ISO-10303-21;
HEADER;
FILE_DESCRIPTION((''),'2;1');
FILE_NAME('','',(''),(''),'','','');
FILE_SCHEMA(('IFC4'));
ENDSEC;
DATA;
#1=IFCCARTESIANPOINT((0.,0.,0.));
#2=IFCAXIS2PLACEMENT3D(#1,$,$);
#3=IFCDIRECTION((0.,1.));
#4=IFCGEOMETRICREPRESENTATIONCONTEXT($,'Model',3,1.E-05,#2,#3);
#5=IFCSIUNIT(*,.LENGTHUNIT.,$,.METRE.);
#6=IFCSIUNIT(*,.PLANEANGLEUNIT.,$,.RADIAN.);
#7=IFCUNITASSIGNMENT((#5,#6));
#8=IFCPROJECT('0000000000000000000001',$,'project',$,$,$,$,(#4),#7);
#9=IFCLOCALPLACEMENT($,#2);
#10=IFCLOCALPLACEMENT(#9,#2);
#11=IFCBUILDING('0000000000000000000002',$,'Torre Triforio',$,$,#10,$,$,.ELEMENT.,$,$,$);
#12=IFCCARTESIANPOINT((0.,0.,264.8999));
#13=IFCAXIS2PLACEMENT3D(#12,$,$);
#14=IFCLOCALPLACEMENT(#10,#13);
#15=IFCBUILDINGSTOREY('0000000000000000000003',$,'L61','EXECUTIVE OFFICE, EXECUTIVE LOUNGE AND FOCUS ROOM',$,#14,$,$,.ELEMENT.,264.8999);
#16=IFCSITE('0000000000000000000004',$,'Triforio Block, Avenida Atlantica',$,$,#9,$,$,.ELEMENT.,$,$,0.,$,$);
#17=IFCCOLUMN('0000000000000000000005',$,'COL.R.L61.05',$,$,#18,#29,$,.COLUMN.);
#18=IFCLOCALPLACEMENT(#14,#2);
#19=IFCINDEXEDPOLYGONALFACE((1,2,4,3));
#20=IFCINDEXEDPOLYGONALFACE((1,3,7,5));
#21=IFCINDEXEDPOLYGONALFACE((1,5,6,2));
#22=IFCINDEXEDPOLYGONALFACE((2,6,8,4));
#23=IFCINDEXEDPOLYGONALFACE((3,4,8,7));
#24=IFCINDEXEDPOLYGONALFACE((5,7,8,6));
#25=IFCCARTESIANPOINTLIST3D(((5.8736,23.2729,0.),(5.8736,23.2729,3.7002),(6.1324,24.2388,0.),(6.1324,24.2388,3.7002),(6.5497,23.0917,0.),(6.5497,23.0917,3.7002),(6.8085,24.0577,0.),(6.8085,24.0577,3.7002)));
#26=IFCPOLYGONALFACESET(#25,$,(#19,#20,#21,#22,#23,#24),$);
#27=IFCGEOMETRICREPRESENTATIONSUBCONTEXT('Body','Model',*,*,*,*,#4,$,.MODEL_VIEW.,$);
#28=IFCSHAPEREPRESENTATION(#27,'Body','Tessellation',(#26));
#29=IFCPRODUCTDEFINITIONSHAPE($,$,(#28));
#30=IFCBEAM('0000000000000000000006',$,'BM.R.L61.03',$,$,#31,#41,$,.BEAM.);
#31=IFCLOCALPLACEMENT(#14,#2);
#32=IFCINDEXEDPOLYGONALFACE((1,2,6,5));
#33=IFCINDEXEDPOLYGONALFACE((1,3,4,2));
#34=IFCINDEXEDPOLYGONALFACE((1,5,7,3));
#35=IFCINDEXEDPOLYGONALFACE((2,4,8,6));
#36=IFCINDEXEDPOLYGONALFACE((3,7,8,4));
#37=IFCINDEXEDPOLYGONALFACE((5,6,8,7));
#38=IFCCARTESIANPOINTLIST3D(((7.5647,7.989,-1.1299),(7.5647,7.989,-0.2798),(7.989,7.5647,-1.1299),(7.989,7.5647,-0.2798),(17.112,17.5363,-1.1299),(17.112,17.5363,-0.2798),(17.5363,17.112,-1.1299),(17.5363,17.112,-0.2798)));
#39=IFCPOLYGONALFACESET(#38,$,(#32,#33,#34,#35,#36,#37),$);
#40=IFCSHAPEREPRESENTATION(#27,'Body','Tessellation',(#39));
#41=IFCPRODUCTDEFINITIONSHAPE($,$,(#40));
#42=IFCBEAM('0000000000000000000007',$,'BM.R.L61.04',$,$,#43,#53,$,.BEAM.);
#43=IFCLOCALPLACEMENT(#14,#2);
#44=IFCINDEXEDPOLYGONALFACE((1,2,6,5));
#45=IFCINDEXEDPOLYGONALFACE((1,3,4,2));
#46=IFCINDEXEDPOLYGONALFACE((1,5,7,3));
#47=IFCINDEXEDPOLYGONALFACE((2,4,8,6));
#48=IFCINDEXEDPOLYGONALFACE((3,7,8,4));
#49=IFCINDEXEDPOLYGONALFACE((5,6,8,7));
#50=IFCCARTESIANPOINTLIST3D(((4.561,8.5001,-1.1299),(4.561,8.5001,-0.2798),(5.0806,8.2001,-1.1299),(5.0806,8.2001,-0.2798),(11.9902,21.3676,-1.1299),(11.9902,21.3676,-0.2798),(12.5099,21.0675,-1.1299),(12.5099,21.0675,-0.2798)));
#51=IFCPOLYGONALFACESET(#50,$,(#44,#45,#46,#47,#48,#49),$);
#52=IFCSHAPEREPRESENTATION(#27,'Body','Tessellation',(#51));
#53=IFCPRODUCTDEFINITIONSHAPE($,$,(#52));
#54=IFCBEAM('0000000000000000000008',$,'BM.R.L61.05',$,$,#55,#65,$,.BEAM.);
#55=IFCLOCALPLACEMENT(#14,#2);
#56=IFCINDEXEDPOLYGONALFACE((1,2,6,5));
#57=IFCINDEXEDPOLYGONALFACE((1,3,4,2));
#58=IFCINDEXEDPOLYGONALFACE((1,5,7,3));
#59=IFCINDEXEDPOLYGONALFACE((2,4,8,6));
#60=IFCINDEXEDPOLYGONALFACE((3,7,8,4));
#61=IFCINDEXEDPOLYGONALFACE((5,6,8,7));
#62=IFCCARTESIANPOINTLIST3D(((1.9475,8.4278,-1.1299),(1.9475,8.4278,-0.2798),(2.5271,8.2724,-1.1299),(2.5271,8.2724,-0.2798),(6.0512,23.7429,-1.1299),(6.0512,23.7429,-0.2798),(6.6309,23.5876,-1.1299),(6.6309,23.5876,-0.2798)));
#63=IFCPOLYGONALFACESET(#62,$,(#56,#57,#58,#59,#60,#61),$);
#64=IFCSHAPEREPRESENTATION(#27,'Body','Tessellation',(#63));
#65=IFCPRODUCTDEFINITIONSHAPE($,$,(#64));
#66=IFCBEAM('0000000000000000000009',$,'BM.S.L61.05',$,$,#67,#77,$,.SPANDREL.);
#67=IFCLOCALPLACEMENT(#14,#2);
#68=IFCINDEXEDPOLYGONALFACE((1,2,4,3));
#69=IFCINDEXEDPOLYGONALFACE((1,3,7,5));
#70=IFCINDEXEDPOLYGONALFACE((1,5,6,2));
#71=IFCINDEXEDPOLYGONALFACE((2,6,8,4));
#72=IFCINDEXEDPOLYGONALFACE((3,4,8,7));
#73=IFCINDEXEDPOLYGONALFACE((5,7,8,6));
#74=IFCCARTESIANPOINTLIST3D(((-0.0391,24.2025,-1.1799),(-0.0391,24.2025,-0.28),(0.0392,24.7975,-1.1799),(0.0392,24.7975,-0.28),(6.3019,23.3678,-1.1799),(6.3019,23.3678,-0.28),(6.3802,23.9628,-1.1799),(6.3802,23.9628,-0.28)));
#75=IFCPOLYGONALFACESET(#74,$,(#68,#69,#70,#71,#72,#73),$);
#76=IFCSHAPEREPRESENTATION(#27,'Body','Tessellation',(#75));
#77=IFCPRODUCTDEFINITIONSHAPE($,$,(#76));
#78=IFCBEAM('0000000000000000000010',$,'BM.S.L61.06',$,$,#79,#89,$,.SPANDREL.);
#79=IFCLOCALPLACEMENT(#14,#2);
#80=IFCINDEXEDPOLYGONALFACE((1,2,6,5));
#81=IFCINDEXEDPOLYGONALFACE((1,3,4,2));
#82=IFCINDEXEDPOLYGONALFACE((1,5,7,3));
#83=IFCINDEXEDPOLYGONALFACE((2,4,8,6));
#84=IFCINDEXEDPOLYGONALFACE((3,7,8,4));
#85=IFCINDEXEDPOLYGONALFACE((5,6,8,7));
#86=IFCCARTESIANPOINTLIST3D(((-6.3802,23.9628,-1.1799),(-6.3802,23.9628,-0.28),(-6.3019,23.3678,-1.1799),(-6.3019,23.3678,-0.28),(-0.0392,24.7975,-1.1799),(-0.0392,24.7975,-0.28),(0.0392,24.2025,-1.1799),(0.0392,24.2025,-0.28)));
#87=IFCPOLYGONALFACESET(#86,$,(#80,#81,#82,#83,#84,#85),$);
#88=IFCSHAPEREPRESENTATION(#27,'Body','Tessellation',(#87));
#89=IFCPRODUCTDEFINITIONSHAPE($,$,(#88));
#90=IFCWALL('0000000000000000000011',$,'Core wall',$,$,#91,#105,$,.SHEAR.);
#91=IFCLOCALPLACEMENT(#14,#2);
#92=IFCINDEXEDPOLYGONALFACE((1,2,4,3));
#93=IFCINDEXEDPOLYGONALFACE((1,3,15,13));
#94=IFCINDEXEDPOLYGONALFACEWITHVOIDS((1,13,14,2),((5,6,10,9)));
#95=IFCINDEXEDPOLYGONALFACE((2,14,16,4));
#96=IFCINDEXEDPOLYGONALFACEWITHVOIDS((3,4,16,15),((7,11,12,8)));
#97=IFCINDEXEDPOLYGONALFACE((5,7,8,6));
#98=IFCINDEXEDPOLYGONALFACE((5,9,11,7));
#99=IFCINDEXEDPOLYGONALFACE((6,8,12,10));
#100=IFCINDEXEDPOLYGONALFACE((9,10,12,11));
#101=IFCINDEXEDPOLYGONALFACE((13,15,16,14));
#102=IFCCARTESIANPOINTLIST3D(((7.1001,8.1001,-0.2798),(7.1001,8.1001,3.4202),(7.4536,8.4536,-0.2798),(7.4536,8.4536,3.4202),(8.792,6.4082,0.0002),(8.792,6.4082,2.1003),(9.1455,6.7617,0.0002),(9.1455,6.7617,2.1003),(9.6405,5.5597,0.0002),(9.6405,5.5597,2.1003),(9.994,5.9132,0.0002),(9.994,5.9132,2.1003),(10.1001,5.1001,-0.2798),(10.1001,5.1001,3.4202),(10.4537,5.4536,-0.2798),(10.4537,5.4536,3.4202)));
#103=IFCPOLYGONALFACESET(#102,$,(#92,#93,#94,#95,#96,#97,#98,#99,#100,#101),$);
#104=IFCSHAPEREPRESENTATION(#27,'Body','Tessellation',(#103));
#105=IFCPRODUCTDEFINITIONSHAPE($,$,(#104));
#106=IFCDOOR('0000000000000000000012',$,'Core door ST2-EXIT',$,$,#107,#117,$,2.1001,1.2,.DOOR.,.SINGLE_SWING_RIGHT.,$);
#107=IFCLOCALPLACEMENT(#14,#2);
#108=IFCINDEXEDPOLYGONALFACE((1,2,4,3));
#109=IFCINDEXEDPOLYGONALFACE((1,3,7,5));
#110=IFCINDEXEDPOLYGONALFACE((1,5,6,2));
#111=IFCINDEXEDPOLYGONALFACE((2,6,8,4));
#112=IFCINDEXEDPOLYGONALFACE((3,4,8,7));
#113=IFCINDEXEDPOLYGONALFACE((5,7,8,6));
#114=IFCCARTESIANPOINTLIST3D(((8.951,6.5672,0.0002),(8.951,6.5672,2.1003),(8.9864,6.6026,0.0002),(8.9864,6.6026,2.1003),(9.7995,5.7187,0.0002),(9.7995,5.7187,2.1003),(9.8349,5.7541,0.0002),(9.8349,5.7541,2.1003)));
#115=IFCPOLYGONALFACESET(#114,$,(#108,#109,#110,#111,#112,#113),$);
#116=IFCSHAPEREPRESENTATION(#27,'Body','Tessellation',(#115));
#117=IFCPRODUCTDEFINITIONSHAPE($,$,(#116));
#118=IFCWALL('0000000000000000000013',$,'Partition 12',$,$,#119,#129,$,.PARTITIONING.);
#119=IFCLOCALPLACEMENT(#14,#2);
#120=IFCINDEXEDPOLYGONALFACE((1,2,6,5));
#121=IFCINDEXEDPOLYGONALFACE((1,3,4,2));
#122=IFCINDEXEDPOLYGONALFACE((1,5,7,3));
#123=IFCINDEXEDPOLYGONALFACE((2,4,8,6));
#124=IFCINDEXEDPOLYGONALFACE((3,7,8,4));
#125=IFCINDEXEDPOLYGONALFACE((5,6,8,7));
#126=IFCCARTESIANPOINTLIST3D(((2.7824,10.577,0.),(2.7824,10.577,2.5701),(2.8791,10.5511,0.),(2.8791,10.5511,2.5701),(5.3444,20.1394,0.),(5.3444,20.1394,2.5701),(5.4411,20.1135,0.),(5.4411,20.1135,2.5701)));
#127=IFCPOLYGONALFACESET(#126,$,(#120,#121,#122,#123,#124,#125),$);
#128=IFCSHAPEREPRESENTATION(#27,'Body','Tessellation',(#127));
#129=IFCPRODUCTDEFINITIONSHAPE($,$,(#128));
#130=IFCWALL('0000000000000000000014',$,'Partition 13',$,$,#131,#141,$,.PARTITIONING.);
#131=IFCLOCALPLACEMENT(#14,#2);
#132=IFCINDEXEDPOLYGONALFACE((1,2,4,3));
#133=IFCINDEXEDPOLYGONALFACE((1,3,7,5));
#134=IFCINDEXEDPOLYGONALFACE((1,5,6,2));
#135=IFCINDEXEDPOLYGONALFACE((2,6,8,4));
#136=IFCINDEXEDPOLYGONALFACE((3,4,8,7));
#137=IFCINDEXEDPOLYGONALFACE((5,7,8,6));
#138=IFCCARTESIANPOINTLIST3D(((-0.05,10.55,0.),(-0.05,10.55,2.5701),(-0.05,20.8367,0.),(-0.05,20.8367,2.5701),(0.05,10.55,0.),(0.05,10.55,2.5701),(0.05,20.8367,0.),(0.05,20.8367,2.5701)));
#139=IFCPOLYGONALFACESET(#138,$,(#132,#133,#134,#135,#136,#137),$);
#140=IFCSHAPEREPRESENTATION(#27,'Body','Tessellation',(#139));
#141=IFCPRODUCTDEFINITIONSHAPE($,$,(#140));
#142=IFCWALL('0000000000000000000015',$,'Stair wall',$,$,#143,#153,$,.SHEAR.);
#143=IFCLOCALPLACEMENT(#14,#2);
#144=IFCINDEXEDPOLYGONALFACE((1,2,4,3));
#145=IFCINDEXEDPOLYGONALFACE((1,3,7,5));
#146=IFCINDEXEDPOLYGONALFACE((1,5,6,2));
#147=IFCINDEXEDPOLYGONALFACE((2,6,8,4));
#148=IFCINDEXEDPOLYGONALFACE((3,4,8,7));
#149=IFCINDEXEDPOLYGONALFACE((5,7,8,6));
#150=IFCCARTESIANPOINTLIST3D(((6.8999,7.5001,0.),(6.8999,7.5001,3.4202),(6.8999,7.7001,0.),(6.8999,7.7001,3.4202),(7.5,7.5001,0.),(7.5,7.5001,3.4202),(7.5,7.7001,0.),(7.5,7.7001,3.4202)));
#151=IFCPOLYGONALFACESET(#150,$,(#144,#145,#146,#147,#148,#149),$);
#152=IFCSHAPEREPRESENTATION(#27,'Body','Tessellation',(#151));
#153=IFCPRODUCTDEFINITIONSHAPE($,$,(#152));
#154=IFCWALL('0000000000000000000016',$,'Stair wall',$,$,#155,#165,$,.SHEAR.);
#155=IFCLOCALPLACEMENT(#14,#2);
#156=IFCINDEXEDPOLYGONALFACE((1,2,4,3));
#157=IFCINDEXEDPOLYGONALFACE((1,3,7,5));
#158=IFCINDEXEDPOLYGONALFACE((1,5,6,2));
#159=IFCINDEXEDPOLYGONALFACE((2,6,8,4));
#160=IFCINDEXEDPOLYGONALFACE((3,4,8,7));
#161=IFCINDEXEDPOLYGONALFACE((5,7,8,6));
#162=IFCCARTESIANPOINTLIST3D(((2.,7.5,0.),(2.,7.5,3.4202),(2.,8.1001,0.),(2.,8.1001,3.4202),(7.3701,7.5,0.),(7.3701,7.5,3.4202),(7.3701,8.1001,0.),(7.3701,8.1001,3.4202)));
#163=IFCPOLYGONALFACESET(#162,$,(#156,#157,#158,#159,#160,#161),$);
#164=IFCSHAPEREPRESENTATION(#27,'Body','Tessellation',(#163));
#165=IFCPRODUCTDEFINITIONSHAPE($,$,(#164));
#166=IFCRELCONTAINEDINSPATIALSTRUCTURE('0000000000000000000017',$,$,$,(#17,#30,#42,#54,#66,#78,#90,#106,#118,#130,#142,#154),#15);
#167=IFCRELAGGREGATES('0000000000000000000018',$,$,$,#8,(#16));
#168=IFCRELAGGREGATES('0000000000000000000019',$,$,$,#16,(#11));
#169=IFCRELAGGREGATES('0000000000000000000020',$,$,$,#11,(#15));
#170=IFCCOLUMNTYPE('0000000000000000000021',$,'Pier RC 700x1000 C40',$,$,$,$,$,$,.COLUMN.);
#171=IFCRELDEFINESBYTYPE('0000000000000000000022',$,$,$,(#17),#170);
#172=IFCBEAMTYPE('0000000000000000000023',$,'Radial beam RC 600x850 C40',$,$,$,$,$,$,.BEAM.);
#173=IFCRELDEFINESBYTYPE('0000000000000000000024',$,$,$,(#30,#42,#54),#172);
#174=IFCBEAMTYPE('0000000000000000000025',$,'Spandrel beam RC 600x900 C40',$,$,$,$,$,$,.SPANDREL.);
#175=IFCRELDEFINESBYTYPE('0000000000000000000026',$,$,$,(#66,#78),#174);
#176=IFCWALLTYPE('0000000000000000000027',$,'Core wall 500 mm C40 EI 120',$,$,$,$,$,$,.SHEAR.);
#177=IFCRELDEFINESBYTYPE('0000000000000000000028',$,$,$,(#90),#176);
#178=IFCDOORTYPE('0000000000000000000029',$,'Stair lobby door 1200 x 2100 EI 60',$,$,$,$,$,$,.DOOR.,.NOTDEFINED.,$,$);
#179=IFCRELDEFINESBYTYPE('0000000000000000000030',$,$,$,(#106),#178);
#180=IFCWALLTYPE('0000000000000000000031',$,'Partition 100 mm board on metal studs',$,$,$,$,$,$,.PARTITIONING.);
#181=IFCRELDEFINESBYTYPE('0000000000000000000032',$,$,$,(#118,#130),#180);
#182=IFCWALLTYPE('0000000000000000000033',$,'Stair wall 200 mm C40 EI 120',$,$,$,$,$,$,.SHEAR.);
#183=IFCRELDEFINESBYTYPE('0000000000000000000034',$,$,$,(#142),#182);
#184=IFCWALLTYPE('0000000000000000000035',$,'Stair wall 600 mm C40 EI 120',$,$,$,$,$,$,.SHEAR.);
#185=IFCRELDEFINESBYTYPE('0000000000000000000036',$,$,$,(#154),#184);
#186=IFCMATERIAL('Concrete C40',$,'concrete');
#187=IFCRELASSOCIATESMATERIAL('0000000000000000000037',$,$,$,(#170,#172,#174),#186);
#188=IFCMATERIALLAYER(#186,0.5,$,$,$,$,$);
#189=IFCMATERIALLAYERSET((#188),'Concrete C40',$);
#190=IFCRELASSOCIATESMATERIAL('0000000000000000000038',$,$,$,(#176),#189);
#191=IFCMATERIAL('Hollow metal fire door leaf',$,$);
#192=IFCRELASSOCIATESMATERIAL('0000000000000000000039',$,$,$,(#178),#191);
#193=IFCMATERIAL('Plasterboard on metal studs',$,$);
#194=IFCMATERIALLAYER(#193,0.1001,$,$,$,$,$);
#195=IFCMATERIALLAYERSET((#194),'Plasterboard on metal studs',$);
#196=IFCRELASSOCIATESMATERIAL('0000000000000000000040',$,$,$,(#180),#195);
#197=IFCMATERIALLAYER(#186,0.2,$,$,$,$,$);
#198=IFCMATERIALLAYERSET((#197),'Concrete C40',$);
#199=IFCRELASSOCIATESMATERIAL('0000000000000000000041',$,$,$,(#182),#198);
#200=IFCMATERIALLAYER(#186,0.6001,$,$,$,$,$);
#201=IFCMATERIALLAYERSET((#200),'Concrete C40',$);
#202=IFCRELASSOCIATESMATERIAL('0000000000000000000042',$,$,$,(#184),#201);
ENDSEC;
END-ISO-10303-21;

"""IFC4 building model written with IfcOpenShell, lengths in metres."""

from ifc_helpers import new_model, si_unit, direction, frame, frame_2d, origin, origin_2d, place, context, subcontext, project, spatial, rectangle, extrude, material, layer, layer_set, material_profile, profile_set, type_object, element, fill, save


model = new_model("IFC4")

# Units and contexts
model_context = context("Model", 3, precision=1e-05, world=origin(), true_north=direction((0.0, 1.0)))
body_context = subcontext(model_context, "Body", "Model", "MODEL_VIEW")
ifc_project = project(units=[si_unit("LENGTHUNIT", "METRE"), si_unit("PLANEANGLEUNIT", "RADIAN")], contexts=[model_context])

# Site, building, storey
site_placement = place(None, origin())
site = spatial("IfcSite", under=ifc_project, at=site_placement, Name="Triforio Block, Avenida Atlantica", CompositionType="ELEMENT", RefElevation=0.0)
building_placement = place(site_placement, origin())
building = spatial("IfcBuilding", under=site, at=building_placement, Name="Torre Triforio", CompositionType="ELEMENT")
storey_placement = place(building_placement, frame((0.0, 0.0, 264.8999)))
storey = spatial("IfcBuildingStorey", under=building, at=storey_placement, Name="L61", Description="EXECUTIVE OFFICE, EXECUTIVE LOUNGE AND FOCUS ROOM", CompositionType="ELEMENT", Elevation=264.8999)

# Column
ifc_material_1 = material(Name="Concrete C40", Category="concrete")
ifc_material_profile_1 = material_profile(ifc_material_1, rectangle(XDim=0.7, YDim=1.0, at=origin_2d()), Name="RC 700x1000")
ifc_profile_set_1 = profile_set([ifc_material_profile_1], Name="Concrete C40")
column_type = type_object("IfcColumnType", Name="Pier RC 700x1000 C40", PredefinedType="COLUMN", material=ifc_profile_set_1)
column_placement = place(storey_placement, frame((6.3411, 23.6653, 0.0), z_axis=(0.0, 0.0, 1.0), x_axis=(-0.965926, 0.258819, 0.0)))
element("IfcColumn", 1, at=column_placement, inside=storey, type_object=column_type, Name="COL.R.L61.05", PredefinedType="COLUMN", context=body_context, shape_type="SweptSolid", body=[
    extrude(rectangle(XDim=0.7, YDim=1.0, at=origin_2d()), origin(), (0.0, 0.0, 1.0), 3.7002),
])

# Beams
ifc_material_profile_2 = material_profile(ifc_material_1, rectangle(XDim=0.6001, YDim=0.8501, at=origin_2d()), Name="RC 600x850")
ifc_profile_set_2 = profile_set([ifc_material_profile_2], Name="Concrete C40")
beam_type_1 = type_object("IfcBeamType", Name="Radial beam RC 600x850 C40", PredefinedType="BEAM", material=ifc_profile_set_2)
beam_1_placement = place(storey_placement, frame((7.7769, 7.7769, -0.7048), z_axis=(0.707107, 0.707107, 0.0), x_axis=(-0.707107, 0.707107, 0.0)))
element("IfcBeam", 2, at=beam_1_placement, inside=storey, type_object=beam_type_1, Name="BM.R.L61.03", PredefinedType="BEAM", context=body_context, shape_type="SweptSolid", body=[
    extrude(rectangle(XDim=0.6001, YDim=0.8501, at=origin_2d()), origin(), (0.0, 0.0, 1.0), 13.502),
])
beam_2_placement = place(storey_placement, frame((4.8208, 8.3501, -0.7048), z_axis=(0.500009, 0.86602, 0.0), x_axis=(-0.86602, 0.500009, 0.0)))
element("IfcBeam", 3, at=beam_2_placement, inside=storey, type_object=beam_type_1, Name="BM.R.L61.04", PredefinedType="BEAM", context=body_context, shape_type="SweptSolid", body=[
    extrude(rectangle(XDim=0.6001, YDim=0.8501, at=origin_2d()), origin(), (0.0, 0.0, 1.0), 14.8582),
])
beam_3_placement = place(storey_placement, frame((2.2373, 8.3501, -0.7048), z_axis=(0.258823, 0.965925, 0.0), x_axis=(-0.965925, 0.258823, 0.0)))
element("IfcBeam", 4, at=beam_3_placement, inside=storey, type_object=beam_type_1, Name="BM.R.L61.05", PredefinedType="BEAM", context=body_context, shape_type="SweptSolid", body=[
    extrude(rectangle(XDim=0.6001, YDim=0.8501, at=origin_2d()), origin(), (0.0, 0.0, 1.0), 15.8555),
])
ifc_material_profile_3 = material_profile(ifc_material_1, rectangle(XDim=0.6001, YDim=0.8999, at=origin_2d()), Name="RC 600x900")
ifc_profile_set_3 = profile_set([ifc_material_profile_3], Name="Concrete C40")
beam_type_2 = type_object("IfcBeamType", Name="Spandrel beam RC 600x900 C40", PredefinedType="SPANDREL", material=ifc_profile_set_3)
for number, where, z_axis, x_axis, name in (
    (5, (6.3411, 23.6653, -0.73), (-0.991447, 0.130511, 0.0), (-0.130511, -0.991447, 0.0), "BM.S.L61.05"),
    (6, (0.0, 24.5, -0.73), (-0.991447, -0.130511, 0.0), (0.130511, -0.991447, 0.0), "BM.S.L61.06"),
):
    element("IfcBeam", number, at=place(storey_placement, frame(where, z_axis=z_axis, x_axis=x_axis)), inside=storey, type_object=beam_type_2, Name=name, PredefinedType="SPANDREL", context=body_context, shape_type="SweptSolid", body=[
        extrude(rectangle(XDim=0.6001, YDim=0.8999, at=origin_2d()), origin(), (0.0, 0.0, 1.0), 6.3958),
    ])

# Wall, opening, door
ifc_layer_1 = layer(ifc_material_1, 0.5)
ifc_layer_set_1 = layer_set([ifc_layer_1], Name="Concrete C40")
wall_type_1 = type_object("IfcWallType", Name="Core wall 500 mm C40 EI 120", PredefinedType="SHEAR", material=ifc_layer_set_1)
wall_1_placement = place(storey_placement, frame((7.2769, 8.2769, -0.2798), z_axis=(0.0, 0.0, 1.0), x_axis=(0.707107, -0.707107, 0.0)))
wall_1 = element("IfcWall", 7, at=wall_1_placement, inside=storey, type_object=wall_type_1, Name="Core wall", PredefinedType="SHEAR", context=body_context, shape_type="SweptSolid", body=[
    extrude(rectangle(XDim=4.2427, YDim=0.5, at=frame_2d((2.1213, 0.0))), origin(), (0.0, 0.0, 1.0), 3.7),
])
opening_1_placement = place(wall_1_placement, frame((2.3926, 0.0, 0.28)))
opening_1 = element("IfcOpeningElement", 8, at=opening_1_placement, cuts=wall_1, PredefinedType="OPENING", context=body_context, shape_type="SweptSolid", body=[
    extrude(rectangle(XDim=1.2, YDim=2.1001, at=frame_2d((0.6001, 1.05))), frame((0.0, 0.26, 0.0), z_axis=(0.0, -1.0, 0.0), x_axis=(1.0, 0.0, 0.0)), (0.0, 0.0, 1.0), 0.52),
])
ifc_material_2 = material(Name="Hollow metal fire door leaf")
door_type_1 = type_object("IfcDoorType", Name="Stair lobby door 1200 x 2100 EI 60", OperationType="NOTDEFINED", PredefinedType="DOOR", material=ifc_material_2)
door_1_placement = place(opening_1_placement, origin())
door_1 = element("IfcDoor", 9, at=door_1_placement, inside=storey, type_object=door_type_1, Name="Core door ST2-EXIT", OperationType="SINGLE_SWING_RIGHT", OverallHeight=2.1001, OverallWidth=1.2, PredefinedType="DOOR", context=body_context, shape_type="SweptSolid", body=[
    extrude(rectangle(XDim=1.2, YDim=2.1001, at=frame_2d((0.6001, 1.05))), frame((0.0, 0.0249, 0.0), z_axis=(0.0, -1.0, 0.0), x_axis=(1.0, 0.0, 0.0)), (0.0, 0.0, 1.0), 0.05),
])
fill(opening_1, door_1)

# Walls
ifc_material_3 = material(Name="Plasterboard on metal studs")
ifc_layer_2 = layer(ifc_material_3, 0.1001)
ifc_layer_set_2 = layer_set([ifc_layer_2], Name="Plasterboard on metal studs")
wall_type_2 = type_object("IfcWallType", Name="Partition 100 mm board on metal studs", PredefinedType="PARTITIONING", material=ifc_layer_set_2)
wall_2_placement = place(storey_placement, frame((2.8308, 10.5642, 0.0), z_axis=(0.0, 0.0, 1.0), x_axis=(0.258795, 0.965932, 0.0)))
element("IfcWall", 10, at=wall_2_placement, inside=storey, type_object=wall_type_2, Name="Partition 12", PredefinedType="PARTITIONING", context=body_context, shape_type="SweptSolid", body=[
    extrude(rectangle(XDim=9.8997, YDim=0.1001, at=frame_2d((4.9497, 0.0))), origin(), (0.0, 0.0, 1.0), 2.5701),
])
wall_3_placement = place(storey_placement, frame((0.0, 10.55, 0.0), z_axis=(0.0, 0.0, 1.0), x_axis=(0.0, 1.0, 0.0)))
element("IfcWall", 11, at=wall_3_placement, inside=storey, type_object=wall_type_2, Name="Partition 13", PredefinedType="PARTITIONING", context=body_context, shape_type="SweptSolid", body=[
    extrude(rectangle(XDim=10.2866, YDim=0.1001, at=frame_2d((5.1433, 0.0))), origin(), (0.0, 0.0, 1.0), 2.5701),
])
ifc_layer_3 = layer(ifc_material_1, 0.2)
ifc_layer_set_3 = layer_set([ifc_layer_3], Name="Concrete C40")
wall_type_3 = type_object("IfcWallType", Name="Stair wall 200 mm C40 EI 120", PredefinedType="SHEAR", material=ifc_layer_set_3)
wall_4_placement = place(storey_placement, frame((6.8999, 7.6001, 0.0), z_axis=(0.0, 0.0, 1.0), x_axis=(1.0, 0.0, 0.0)))
element("IfcWall", 12, at=wall_4_placement, inside=storey, type_object=wall_type_3, Name="Stair wall", PredefinedType="SHEAR", context=body_context, shape_type="SweptSolid", body=[
    extrude(rectangle(XDim=0.6001, YDim=0.2, at=frame_2d((0.3, 0.0))), origin(), (0.0, 0.0, 1.0), 3.4202),
])
ifc_layer_4 = layer(ifc_material_1, 0.6001)
ifc_layer_set_4 = layer_set([ifc_layer_4], Name="Concrete C40")
wall_type_4 = type_object("IfcWallType", Name="Stair wall 600 mm C40 EI 120", PredefinedType="SHEAR", material=ifc_layer_set_4)
wall_5_placement = place(storey_placement, frame((2.0, 7.8, 0.0), z_axis=(0.0, 0.0, 1.0), x_axis=(1.0, 0.0, 0.0)))
element("IfcWall", 13, at=wall_5_placement, inside=storey, type_object=wall_type_4, Name="Stair wall", PredefinedType="SHEAR", context=body_context, shape_type="SweptSolid", body=[
    extrude(rectangle(XDim=5.3701, YDim=0.6001, at=frame_2d((2.6851, 0.0))), origin(), (0.0, 0.0, 1.0), 3.4202),
])

save(model, "model.ifc")
